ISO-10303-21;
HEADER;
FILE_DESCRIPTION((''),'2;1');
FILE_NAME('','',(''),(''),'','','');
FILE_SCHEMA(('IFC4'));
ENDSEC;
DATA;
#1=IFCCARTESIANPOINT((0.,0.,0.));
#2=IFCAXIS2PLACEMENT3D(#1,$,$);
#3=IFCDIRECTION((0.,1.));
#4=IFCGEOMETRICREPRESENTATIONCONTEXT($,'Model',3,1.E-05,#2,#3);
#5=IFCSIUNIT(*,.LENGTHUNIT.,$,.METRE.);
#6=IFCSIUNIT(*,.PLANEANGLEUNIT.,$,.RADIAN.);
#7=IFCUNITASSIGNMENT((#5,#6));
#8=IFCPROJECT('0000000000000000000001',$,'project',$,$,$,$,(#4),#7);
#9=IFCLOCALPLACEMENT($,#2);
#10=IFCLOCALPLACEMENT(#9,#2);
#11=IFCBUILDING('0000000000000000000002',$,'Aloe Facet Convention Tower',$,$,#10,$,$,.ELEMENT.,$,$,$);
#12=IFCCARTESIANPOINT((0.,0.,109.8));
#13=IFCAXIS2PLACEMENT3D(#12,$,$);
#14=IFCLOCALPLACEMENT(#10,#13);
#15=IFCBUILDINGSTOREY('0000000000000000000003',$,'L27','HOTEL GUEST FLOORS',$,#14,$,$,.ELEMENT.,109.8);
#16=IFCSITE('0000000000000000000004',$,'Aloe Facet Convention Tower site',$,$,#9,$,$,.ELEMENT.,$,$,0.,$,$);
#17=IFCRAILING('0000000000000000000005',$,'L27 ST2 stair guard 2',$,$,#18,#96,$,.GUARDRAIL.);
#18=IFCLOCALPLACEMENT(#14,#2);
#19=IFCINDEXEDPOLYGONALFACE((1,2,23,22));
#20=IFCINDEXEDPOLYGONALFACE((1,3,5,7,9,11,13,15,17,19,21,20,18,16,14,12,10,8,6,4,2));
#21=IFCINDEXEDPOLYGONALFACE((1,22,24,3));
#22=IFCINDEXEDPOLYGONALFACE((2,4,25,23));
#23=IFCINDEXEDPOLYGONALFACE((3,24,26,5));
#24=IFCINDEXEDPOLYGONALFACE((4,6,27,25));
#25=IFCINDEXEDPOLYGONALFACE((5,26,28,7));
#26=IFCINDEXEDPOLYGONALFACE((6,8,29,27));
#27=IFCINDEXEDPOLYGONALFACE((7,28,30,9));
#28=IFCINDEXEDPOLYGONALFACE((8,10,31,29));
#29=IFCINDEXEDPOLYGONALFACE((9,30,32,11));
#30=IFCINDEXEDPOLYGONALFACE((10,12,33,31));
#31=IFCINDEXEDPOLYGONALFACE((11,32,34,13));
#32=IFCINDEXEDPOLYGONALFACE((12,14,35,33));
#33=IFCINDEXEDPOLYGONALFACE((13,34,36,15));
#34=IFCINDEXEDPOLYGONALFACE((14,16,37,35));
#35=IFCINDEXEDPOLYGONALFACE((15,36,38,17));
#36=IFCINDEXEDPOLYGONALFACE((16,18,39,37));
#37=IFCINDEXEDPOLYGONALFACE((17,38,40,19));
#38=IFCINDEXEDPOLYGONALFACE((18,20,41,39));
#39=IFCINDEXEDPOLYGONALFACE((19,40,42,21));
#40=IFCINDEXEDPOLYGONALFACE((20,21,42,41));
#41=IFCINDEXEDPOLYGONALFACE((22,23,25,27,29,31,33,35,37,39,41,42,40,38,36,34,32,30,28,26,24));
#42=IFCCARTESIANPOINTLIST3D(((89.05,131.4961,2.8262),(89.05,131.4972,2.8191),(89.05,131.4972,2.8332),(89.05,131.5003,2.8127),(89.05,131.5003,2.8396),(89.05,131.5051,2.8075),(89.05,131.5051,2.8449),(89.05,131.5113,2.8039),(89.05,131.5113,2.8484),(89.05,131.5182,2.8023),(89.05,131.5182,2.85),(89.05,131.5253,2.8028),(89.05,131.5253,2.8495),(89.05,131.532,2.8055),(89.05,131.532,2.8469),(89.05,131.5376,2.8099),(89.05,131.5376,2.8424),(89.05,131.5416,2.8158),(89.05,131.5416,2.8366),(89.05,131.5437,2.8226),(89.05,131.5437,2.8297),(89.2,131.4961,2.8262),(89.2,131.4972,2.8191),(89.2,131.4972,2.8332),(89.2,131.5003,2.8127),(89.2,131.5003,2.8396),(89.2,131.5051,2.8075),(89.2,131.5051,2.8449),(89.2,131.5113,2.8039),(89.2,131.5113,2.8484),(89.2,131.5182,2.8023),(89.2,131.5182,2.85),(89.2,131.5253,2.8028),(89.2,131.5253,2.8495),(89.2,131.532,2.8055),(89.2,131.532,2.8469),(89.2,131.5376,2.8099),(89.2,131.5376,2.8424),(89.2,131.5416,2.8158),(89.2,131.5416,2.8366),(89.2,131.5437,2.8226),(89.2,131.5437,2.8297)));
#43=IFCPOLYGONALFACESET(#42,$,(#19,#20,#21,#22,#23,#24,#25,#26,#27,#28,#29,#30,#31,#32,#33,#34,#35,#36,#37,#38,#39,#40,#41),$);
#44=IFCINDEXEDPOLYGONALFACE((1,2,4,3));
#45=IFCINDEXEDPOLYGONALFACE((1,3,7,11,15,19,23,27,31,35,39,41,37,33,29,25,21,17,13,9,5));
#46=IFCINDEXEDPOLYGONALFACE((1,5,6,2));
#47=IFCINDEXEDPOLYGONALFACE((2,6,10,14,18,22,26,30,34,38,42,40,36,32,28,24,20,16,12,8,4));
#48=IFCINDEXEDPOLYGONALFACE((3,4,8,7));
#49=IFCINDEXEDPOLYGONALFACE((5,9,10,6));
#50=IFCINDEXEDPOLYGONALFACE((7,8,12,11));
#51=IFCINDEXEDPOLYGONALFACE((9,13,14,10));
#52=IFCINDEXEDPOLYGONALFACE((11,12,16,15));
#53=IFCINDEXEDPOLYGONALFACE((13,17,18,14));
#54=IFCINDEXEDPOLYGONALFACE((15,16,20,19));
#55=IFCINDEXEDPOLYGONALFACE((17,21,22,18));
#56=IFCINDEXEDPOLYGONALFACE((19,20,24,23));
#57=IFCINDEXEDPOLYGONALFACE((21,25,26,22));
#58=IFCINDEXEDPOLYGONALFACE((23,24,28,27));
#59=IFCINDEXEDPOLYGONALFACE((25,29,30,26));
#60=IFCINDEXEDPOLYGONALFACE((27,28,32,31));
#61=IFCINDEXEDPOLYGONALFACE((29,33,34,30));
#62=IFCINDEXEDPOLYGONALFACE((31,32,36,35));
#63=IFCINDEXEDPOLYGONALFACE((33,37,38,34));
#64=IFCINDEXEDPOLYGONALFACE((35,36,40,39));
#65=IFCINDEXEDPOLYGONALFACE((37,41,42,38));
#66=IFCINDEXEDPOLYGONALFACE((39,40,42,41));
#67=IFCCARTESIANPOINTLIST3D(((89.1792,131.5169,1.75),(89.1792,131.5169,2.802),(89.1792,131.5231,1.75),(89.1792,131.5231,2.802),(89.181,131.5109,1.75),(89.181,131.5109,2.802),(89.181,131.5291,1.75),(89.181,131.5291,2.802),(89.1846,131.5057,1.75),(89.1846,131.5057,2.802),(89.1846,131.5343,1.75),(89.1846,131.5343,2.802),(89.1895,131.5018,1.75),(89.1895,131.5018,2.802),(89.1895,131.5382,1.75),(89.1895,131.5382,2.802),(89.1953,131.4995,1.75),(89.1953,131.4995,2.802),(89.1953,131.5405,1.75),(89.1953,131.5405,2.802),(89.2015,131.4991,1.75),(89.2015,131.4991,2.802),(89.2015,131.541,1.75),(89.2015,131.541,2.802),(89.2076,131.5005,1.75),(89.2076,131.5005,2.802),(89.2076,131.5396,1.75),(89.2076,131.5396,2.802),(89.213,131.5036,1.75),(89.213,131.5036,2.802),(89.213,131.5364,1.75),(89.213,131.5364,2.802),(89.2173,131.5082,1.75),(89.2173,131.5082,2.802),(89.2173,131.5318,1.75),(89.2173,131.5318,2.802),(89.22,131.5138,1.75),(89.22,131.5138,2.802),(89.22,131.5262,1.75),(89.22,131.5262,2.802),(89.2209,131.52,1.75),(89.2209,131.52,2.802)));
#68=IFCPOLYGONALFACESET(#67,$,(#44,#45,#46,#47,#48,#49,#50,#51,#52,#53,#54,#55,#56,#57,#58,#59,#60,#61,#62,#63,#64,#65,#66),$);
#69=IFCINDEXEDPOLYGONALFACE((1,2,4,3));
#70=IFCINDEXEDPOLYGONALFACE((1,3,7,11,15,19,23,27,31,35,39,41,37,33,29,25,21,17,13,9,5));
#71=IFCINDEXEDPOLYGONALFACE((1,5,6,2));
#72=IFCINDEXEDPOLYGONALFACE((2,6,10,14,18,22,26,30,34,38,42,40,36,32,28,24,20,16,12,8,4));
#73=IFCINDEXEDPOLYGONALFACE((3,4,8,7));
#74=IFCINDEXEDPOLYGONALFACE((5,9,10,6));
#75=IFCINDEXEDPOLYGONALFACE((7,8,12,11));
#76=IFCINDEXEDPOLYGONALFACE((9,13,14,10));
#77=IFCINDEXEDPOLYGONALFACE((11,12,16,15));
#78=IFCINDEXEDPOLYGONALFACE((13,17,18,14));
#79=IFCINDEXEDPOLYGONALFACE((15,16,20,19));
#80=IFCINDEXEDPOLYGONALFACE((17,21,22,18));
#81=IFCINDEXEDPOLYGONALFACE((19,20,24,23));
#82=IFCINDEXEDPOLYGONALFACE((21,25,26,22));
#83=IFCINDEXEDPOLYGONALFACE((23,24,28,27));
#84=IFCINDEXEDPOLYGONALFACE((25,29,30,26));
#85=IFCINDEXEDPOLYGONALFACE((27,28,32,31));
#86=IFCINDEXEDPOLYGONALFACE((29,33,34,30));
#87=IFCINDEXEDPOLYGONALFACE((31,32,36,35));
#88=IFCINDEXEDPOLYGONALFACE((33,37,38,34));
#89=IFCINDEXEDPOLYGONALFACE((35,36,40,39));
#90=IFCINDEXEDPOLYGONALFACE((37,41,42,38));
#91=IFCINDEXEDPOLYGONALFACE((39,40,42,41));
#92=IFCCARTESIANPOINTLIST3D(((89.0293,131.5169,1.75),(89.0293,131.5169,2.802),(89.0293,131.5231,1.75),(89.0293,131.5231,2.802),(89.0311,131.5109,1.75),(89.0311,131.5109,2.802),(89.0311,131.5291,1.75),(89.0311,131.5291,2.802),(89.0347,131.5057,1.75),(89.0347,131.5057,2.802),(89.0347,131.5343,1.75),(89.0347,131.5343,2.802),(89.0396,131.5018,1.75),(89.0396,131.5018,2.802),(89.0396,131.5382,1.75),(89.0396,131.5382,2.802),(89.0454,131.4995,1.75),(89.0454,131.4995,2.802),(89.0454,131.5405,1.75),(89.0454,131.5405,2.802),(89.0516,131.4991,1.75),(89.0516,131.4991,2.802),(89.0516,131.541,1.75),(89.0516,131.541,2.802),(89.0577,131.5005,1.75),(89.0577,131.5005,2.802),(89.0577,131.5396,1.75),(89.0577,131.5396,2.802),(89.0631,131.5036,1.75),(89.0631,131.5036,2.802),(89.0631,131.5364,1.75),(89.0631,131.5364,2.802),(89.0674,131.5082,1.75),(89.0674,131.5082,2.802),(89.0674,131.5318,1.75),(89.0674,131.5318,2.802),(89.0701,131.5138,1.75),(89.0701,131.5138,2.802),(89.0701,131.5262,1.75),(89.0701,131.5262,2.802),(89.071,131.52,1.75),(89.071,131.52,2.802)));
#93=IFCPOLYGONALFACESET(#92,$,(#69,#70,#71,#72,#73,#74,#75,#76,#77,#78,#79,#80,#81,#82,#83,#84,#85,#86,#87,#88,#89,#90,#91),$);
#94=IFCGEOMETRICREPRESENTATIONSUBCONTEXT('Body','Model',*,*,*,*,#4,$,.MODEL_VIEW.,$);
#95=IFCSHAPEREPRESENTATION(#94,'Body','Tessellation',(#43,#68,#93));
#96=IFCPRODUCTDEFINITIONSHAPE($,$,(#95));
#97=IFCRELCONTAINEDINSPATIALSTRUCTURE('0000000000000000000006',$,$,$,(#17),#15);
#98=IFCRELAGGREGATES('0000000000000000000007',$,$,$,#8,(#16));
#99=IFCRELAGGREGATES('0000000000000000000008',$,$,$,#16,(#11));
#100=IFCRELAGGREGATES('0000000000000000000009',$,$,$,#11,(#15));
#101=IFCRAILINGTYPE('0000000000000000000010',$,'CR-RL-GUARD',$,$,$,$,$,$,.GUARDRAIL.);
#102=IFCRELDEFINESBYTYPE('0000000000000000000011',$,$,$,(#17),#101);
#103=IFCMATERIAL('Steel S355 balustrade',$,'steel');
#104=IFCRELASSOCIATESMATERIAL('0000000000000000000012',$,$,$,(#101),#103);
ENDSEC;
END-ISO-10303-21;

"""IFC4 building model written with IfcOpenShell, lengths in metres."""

from ifc_helpers import new_model, si_unit, direction, frame, origin, origin_2d, place, context, subcontext, project, spatial, circle, extrude, material, type_object, element, save


model = new_model("IFC4")

# Units and contexts
model_context = context("Model", 3, precision=1e-05, world=origin(), true_north=direction((0.0, 1.0)))
body_context = subcontext(model_context, "Body", "Model", "MODEL_VIEW")
ifc_project = project(units=[si_unit("LENGTHUNIT", "METRE"), si_unit("PLANEANGLEUNIT", "RADIAN")], contexts=[model_context])

# Site, building, storey
site_placement = place(None, origin())
site = spatial("IfcSite", under=ifc_project, at=site_placement, Name="Aloe Facet Convention Tower site", CompositionType="ELEMENT", RefElevation=0.0)
building_placement = place(site_placement, origin())
building = spatial("IfcBuilding", under=site, at=building_placement, Name="Aloe Facet Convention Tower", CompositionType="ELEMENT")
storey_placement = place(building_placement, frame((0.0, 0.0, 109.8)))
storey = spatial("IfcBuildingStorey", under=building, at=storey_placement, Name="L27", Description="HOTEL GUEST FLOORS", CompositionType="ELEMENT", Elevation=109.8)

# Railing
ifc_material_1 = material(Name="Steel S355 balustrade", Category="steel")
railing_type_1 = type_object("IfcRailingType", Name="CR-RL-GUARD", PredefinedType="GUARDRAIL", material=ifc_material_1)
railing_1_placement = place(storey_placement, frame((89.2, 131.52, 1.75)))
element("IfcRailing", 1, at=railing_1_placement, inside=storey, type_object=railing_type_1, Name="L27 ST2 stair guard 2", PredefinedType="GUARDRAIL", context=body_context, shape_type="SweptSolid", body=[
    extrude(circle(Radius=0.0239, at=origin_2d()), frame((0.0, 0.0, 1.0762), z_axis=(-1.0, 0.0, 0.0), x_axis=(0.0, -1.0, 0.0)), (0.0, 0.0, 1.0), 0.1499),
    extrude(circle(Radius=0.021, at=origin_2d()), origin(), (0.0, 0.0, 1.0), 1.052),
    extrude(circle(Radius=0.021, at=origin_2d()), frame((-0.1499, 0.0, 0.0)), (0.0, 0.0, 1.0), 1.052),
])

save(model, "model.ifc")
